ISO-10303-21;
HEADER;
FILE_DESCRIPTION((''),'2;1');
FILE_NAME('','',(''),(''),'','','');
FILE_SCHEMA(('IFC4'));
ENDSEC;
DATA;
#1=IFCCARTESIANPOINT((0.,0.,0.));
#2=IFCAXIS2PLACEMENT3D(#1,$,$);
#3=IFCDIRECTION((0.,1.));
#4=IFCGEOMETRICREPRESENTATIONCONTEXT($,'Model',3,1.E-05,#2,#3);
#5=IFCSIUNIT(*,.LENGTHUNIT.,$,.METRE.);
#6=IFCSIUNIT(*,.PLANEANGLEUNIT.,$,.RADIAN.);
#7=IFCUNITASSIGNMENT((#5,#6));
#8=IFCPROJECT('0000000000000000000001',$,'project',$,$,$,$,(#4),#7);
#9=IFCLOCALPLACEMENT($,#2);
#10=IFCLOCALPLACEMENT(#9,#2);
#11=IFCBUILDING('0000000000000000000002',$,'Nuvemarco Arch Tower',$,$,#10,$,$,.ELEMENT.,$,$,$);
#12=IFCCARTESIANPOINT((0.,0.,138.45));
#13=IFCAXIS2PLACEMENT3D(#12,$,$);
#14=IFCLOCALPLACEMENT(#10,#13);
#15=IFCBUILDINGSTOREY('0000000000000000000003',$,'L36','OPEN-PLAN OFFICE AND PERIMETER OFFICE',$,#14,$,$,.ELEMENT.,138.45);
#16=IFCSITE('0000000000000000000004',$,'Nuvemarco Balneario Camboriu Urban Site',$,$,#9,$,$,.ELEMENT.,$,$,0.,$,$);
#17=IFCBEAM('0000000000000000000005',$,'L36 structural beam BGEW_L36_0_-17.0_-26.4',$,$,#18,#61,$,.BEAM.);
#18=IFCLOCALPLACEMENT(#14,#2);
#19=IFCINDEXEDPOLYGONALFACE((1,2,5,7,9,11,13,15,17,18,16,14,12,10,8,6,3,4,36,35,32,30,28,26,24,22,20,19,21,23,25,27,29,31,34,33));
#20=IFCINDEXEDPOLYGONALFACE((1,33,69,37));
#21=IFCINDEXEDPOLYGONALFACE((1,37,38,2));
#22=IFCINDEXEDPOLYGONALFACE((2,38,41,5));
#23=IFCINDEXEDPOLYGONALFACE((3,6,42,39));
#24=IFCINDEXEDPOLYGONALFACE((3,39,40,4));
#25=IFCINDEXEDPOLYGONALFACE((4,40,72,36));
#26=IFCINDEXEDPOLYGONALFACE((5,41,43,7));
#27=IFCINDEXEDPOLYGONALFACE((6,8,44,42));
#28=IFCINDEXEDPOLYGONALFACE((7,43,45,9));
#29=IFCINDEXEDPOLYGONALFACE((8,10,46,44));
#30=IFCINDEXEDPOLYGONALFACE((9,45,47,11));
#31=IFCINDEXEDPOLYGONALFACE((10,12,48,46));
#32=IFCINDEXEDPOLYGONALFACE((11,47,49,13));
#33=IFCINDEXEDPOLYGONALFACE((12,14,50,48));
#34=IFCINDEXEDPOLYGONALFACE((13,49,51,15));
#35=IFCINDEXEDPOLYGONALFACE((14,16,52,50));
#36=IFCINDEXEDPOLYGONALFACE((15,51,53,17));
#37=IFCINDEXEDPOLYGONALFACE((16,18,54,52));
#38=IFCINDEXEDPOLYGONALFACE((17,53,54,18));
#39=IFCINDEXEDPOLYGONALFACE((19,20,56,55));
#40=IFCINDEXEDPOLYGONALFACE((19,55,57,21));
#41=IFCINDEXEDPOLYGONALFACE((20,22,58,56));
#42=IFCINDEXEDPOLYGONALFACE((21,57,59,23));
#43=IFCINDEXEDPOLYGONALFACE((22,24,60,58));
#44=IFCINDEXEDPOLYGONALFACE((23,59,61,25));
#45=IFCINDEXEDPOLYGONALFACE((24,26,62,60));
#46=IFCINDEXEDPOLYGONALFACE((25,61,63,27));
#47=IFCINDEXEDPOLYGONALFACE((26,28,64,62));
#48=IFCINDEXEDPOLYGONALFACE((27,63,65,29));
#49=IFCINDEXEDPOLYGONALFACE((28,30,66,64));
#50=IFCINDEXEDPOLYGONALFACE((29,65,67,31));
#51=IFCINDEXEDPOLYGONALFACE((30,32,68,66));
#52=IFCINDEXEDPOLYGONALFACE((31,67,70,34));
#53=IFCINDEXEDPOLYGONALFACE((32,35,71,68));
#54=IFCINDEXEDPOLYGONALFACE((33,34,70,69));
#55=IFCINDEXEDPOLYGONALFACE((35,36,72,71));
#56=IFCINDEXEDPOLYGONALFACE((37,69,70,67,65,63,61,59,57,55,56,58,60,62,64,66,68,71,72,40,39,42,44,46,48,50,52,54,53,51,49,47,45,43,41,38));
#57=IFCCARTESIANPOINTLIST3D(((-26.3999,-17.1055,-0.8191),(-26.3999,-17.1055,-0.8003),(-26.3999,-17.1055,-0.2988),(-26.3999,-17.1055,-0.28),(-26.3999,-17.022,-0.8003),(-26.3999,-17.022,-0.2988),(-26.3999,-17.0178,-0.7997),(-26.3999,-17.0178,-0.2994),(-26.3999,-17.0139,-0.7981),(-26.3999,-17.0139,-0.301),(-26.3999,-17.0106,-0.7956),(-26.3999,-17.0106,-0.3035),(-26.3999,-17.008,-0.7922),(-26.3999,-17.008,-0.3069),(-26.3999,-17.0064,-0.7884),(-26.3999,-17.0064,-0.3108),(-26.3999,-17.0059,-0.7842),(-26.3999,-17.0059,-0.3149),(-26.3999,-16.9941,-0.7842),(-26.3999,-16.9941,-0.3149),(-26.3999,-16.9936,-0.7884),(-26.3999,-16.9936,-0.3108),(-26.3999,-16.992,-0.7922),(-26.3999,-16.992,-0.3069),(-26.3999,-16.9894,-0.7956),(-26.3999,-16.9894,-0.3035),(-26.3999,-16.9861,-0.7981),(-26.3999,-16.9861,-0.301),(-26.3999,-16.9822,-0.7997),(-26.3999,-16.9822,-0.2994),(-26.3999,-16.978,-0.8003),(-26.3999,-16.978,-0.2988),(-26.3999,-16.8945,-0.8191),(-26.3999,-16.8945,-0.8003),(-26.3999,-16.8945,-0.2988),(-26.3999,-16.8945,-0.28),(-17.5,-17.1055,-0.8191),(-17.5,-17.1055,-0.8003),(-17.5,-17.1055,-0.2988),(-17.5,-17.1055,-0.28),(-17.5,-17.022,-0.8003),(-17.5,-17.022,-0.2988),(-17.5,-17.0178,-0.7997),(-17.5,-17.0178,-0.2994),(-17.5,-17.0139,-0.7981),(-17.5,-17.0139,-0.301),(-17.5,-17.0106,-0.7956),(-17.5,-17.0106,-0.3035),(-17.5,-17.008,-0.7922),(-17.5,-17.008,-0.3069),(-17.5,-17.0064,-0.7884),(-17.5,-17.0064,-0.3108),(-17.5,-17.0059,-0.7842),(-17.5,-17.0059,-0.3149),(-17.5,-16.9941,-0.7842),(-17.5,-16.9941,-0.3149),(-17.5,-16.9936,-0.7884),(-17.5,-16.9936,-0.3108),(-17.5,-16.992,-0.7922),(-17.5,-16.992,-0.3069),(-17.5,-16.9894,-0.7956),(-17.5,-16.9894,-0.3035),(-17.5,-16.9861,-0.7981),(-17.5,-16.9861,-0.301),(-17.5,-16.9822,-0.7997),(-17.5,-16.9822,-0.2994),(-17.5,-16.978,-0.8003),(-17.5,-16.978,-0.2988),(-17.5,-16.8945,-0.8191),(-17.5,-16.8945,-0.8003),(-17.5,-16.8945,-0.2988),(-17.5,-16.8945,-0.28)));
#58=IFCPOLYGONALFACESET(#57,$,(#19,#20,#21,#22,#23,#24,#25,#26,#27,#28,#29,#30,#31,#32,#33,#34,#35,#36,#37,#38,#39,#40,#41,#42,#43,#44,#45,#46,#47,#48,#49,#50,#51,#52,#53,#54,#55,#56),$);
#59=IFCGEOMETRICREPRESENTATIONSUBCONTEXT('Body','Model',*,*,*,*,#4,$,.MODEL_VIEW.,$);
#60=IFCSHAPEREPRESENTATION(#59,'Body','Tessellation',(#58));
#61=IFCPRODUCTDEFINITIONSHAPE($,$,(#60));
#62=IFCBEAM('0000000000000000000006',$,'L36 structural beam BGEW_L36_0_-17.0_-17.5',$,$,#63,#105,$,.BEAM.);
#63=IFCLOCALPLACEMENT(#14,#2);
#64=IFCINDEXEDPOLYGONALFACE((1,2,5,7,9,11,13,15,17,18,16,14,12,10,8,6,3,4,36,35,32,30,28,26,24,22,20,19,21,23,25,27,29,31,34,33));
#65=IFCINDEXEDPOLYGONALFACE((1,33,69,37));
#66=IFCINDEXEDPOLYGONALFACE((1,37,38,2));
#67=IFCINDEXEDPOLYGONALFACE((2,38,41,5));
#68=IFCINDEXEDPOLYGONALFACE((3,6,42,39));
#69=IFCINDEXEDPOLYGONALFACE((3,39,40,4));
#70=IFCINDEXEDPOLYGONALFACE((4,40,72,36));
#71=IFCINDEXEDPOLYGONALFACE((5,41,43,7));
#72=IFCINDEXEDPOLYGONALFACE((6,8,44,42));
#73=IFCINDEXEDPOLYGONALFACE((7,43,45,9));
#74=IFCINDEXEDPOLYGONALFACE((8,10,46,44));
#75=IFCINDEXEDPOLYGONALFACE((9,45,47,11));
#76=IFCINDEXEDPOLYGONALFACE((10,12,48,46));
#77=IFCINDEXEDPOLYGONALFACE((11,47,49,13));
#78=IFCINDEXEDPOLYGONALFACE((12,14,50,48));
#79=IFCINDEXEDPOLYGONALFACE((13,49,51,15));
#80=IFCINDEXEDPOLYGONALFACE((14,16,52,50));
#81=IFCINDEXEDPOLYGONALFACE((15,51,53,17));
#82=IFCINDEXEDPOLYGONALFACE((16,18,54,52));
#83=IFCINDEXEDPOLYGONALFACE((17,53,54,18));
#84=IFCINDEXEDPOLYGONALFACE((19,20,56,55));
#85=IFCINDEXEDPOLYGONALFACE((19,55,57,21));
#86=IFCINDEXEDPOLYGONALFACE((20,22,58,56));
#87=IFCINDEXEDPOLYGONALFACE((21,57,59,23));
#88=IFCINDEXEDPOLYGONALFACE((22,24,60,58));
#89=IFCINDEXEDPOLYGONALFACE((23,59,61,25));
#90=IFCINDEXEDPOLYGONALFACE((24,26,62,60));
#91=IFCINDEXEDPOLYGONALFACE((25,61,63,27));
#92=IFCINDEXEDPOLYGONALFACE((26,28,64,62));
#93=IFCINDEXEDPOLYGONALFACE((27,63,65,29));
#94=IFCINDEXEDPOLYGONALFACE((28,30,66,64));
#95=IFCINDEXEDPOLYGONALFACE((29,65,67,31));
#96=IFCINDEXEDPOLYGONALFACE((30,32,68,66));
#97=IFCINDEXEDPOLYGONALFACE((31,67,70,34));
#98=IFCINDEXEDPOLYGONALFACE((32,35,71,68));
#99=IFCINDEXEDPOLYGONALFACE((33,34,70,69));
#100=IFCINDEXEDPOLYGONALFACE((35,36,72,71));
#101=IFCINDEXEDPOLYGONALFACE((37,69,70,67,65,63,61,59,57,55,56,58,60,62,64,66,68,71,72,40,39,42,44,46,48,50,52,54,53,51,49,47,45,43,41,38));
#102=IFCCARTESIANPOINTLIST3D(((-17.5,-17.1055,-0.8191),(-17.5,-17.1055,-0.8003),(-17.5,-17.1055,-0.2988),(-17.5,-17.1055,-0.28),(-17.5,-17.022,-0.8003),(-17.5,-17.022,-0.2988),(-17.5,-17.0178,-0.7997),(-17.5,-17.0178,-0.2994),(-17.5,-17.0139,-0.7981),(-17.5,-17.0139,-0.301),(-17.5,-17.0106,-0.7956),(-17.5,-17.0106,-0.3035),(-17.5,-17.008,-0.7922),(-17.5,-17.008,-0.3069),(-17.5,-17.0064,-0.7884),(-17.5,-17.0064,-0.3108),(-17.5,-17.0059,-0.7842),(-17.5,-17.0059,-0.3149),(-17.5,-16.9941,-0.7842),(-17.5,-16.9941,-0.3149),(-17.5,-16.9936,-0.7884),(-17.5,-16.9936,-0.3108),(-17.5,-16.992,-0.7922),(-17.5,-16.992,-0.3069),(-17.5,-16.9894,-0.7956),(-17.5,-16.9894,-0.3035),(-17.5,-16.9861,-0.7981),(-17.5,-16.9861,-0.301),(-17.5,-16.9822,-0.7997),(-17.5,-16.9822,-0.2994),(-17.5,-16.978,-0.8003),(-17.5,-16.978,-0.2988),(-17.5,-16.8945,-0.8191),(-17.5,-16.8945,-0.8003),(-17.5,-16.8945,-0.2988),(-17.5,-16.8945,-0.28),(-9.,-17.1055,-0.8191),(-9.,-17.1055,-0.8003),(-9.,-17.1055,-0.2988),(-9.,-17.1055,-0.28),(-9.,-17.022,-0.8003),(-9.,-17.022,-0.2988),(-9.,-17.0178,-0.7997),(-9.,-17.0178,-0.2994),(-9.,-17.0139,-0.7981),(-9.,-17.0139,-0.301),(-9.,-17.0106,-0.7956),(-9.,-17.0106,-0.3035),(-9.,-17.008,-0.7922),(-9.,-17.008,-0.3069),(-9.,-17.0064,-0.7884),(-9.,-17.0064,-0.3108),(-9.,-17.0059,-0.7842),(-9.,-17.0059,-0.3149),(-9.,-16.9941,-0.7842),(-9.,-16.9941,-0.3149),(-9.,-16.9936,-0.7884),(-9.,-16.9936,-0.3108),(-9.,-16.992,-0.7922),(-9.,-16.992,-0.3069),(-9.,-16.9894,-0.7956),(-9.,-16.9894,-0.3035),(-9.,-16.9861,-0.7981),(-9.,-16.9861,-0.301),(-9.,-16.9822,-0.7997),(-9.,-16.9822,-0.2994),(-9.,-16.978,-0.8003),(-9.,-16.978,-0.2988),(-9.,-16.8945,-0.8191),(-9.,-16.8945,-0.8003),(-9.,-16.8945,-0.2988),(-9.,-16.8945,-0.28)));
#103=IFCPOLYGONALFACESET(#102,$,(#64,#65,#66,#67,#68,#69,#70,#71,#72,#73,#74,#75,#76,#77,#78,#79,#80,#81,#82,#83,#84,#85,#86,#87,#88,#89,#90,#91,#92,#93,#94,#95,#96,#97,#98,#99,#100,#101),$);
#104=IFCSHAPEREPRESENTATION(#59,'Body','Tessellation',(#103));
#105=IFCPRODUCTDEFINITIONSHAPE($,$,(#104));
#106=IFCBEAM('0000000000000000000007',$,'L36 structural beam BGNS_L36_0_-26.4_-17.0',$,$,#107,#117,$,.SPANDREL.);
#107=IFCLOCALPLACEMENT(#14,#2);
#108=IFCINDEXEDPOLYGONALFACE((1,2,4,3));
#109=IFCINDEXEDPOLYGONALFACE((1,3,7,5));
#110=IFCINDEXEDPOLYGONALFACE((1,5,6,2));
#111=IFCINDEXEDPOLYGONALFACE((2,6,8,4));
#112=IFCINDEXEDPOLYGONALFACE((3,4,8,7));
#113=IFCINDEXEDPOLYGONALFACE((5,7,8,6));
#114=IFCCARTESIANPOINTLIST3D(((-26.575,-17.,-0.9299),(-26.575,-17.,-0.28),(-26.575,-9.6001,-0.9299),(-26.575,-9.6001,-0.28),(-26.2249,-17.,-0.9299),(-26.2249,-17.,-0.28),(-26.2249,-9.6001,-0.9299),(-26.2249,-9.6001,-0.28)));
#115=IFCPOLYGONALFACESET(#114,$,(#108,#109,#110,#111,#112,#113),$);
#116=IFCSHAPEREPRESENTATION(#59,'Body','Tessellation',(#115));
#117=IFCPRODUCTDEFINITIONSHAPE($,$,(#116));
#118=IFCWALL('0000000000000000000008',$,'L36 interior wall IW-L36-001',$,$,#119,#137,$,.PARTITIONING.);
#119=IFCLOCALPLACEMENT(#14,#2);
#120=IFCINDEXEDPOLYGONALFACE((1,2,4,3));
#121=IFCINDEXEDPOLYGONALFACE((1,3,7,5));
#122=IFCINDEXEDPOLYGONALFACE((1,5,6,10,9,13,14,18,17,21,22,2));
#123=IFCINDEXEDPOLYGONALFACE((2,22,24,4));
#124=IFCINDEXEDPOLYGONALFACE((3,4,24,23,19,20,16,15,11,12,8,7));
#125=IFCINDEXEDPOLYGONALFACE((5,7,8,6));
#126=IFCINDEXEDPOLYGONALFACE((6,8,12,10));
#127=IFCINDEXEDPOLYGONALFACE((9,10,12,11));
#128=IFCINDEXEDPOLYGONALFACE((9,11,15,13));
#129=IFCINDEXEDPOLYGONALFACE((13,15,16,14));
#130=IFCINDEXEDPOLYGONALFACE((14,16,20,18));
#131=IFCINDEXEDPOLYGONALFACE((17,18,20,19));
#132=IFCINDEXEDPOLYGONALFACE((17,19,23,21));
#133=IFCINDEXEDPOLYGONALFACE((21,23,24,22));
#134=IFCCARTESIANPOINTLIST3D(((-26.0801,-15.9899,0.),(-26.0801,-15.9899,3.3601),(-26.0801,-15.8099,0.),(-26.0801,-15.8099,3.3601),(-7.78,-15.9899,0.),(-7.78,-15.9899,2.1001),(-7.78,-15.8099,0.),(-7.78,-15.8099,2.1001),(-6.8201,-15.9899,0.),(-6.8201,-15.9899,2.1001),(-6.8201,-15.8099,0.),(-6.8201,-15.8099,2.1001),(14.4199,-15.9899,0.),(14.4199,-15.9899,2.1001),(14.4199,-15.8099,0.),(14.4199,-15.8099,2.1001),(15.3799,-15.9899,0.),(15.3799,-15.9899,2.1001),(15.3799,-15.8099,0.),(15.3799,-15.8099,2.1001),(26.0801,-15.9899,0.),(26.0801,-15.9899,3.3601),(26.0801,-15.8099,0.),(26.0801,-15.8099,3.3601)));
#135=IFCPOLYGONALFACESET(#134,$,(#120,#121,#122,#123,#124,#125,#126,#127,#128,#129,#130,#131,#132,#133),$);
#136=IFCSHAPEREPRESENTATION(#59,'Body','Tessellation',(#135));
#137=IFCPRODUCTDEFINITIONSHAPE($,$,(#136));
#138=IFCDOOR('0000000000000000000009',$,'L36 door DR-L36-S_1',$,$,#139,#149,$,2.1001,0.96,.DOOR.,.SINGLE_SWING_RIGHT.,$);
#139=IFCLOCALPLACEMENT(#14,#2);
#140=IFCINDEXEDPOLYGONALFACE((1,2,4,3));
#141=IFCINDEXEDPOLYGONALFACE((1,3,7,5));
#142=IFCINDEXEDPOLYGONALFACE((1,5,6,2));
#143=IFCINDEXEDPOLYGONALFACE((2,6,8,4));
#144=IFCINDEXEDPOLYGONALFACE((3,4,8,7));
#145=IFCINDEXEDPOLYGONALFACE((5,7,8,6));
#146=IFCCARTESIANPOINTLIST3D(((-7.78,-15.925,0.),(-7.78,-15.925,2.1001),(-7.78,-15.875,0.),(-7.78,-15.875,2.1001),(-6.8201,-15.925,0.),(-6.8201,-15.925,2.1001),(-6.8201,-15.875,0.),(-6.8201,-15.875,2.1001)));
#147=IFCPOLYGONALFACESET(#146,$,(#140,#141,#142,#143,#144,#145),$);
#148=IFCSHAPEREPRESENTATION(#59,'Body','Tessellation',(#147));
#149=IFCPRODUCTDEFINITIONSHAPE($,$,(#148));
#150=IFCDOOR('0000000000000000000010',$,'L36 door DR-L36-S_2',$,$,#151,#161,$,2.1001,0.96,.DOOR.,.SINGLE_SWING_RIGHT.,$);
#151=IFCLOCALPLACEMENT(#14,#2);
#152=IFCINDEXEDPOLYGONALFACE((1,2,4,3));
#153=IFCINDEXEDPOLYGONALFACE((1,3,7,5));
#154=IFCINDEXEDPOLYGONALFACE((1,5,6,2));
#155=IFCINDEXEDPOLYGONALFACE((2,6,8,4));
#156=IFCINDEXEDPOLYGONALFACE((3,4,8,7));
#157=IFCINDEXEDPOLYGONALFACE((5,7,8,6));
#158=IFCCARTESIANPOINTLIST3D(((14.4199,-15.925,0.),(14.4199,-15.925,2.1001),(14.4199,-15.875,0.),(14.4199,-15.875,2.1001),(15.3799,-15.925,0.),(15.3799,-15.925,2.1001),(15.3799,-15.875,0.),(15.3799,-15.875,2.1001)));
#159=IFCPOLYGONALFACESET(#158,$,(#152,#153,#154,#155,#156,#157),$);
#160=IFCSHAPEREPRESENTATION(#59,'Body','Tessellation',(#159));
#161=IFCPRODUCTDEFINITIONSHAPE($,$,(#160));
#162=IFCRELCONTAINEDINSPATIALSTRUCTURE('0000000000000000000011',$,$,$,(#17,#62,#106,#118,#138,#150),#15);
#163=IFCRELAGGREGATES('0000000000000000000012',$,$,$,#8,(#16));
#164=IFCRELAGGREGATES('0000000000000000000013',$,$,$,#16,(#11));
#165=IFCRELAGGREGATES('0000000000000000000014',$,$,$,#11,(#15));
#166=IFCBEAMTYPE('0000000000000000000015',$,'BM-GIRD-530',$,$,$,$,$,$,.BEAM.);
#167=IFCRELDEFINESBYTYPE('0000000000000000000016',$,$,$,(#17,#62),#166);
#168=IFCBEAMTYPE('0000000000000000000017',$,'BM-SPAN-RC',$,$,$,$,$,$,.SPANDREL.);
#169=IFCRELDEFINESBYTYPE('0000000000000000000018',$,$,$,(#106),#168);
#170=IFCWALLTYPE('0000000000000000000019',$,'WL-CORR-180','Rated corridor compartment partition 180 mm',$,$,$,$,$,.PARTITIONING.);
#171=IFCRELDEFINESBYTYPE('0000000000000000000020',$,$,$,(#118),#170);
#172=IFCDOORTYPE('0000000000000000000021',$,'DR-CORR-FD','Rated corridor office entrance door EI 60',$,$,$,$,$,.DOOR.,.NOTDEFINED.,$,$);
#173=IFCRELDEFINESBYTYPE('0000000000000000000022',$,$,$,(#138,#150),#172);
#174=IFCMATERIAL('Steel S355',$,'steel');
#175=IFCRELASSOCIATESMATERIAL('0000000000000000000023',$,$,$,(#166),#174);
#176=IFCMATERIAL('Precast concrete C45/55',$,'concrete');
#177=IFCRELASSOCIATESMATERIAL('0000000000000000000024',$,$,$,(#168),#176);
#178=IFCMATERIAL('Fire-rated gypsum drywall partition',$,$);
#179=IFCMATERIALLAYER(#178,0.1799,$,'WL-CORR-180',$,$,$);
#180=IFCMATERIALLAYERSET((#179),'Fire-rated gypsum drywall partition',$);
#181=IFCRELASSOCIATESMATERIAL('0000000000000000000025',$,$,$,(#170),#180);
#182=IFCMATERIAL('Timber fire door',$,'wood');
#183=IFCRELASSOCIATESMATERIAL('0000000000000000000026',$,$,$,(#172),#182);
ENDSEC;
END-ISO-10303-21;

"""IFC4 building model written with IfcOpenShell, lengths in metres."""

from ifc_helpers import new_model, si_unit, direction, frame, frame_2d, origin, origin_2d, place, context, subcontext, project, spatial, rectangle, i_section, extrude, source, transform, mapped, material, layer, layer_set, material_profile, profile_set, type_object, type_shapes, element, fill, save


model = new_model("IFC4")

# Units and contexts
model_context = context("Model", 3, precision=1e-05, world=origin(), true_north=direction((0.0, 1.0)))
body_context = subcontext(model_context, "Body", "Model", "MODEL_VIEW")
ifc_project = project(units=[si_unit("LENGTHUNIT", "METRE"), si_unit("PLANEANGLEUNIT", "RADIAN")], contexts=[model_context])

# Site, building, storey
site_placement = place(None, origin())
site = spatial("IfcSite", under=ifc_project, at=site_placement, Name="Nuvemarco Balneario Camboriu Urban Site", CompositionType="ELEMENT", RefElevation=0.0)
building_placement = place(site_placement, origin())
building = spatial("IfcBuilding", under=site, at=building_placement, Name="Nuvemarco Arch Tower", CompositionType="ELEMENT")
storey_placement = place(building_placement, frame((0.0, 0.0, 138.45)))
storey = spatial("IfcBuildingStorey", under=building, at=storey_placement, Name="L36", Description="OPEN-PLAN OFFICE AND PERIMETER OFFICE", CompositionType="ELEMENT", Elevation=138.45)

# Shared definitions
ifc_material_1 = material(Name="Steel S355", Category="steel")

# Beams
ifc_material_profile_1 = material_profile(ifc_material_1, i_section(OverallWidth=0.2109, OverallDepth=0.5391, WebThickness=0.0117, FlangeThickness=0.0188, FilletRadius=0.0161, at=origin_2d()), Name="W530x109")
ifc_profile_set_1 = profile_set([ifc_material_profile_1], Name="Steel S355")
beam_type_1 = type_object("IfcBeamType", Name="BM-GIRD-530", PredefinedType="BEAM", material=ifc_profile_set_1)
beam_1_placement = place(storey_placement, frame((-26.3999, -17.0, -0.5496), z_axis=(1.0, 0.0, 0.0), x_axis=(0.0, 1.0, 0.0)))
element("IfcBeam", 1, at=beam_1_placement, inside=storey, type_object=beam_type_1, Name="L36 structural beam BGEW_L36_0_-17.0_-26.4", PredefinedType="BEAM", context=body_context, shape_type="SweptSolid", body=[
    extrude(i_section(OverallWidth=0.2109, OverallDepth=0.5391, WebThickness=0.0117, FlangeThickness=0.0188, FilletRadius=0.0161, at=origin_2d()), origin(), (0.0, 0.0, 1.0), 8.8999),
])
beam_2_placement = place(storey_placement, frame((-17.5, -17.0, -0.5496), z_axis=(1.0, 0.0, 0.0), x_axis=(0.0, 1.0, 0.0)))
element("IfcBeam", 2, at=beam_2_placement, inside=storey, type_object=beam_type_1, Name="L36 structural beam BGEW_L36_0_-17.0_-17.5", PredefinedType="BEAM", context=body_context, shape_type="SweptSolid", body=[
    extrude(i_section(OverallWidth=0.2109, OverallDepth=0.5391, WebThickness=0.0117, FlangeThickness=0.0188, FilletRadius=0.0161, at=origin_2d()), origin(), (0.0, 0.0, 1.0), 8.5),
])
ifc_material_2 = material(Name="Precast concrete C45/55", Category="concrete")
ifc_material_profile_2 = material_profile(ifc_material_2, rectangle(XDim=0.3501, YDim=0.6499, at=origin_2d()), Name="PC-SP-350x650")
ifc_profile_set_2 = profile_set([ifc_material_profile_2], Name="Precast concrete C45/55")
beam_type_2 = type_object("IfcBeamType", Name="BM-SPAN-RC", PredefinedType="SPANDREL", material=ifc_profile_set_2)
beam_3_placement = place(storey_placement, frame((-26.3999, -17.0, -0.605), z_axis=(0.0, 1.0, 0.0), x_axis=(-1.0, 0.0, 0.0)))
element("IfcBeam", 3, at=beam_3_placement, inside=storey, type_object=beam_type_2, Name="L36 structural beam BGNS_L36_0_-26.4_-17.0", PredefinedType="SPANDREL", context=body_context, shape_type="SweptSolid", body=[
    extrude(rectangle(XDim=0.3501, YDim=0.6499, at=origin_2d()), origin(), (0.0, 0.0, 1.0), 7.3999),
])

# Wall, openings, doors
ifc_material_3 = material(Name="Fire-rated gypsum drywall partition")
ifc_layer = layer(ifc_material_3, 0.1799, Name="WL-CORR-180")
ifc_layer_set = layer_set([ifc_layer], Name="Fire-rated gypsum drywall partition")
wall_type = type_object("IfcWallType", Name="WL-CORR-180", Description="Rated corridor compartment partition 180 mm", PredefinedType="PARTITIONING", material=ifc_layer_set)
wall_1_placement = place(storey_placement, frame((-26.0801, -15.8999, 0.0), z_axis=(0.0, 0.0, 1.0), x_axis=(1.0, 0.0, 0.0)))
wall_1 = element("IfcWall", 4, at=wall_1_placement, inside=storey, type_object=wall_type, Name="L36 interior wall IW-L36-001", PredefinedType="PARTITIONING", context=body_context, shape_type="SweptSolid", body=[
    extrude(rectangle(XDim=52.1602, YDim=0.1799, at=frame_2d((26.0801, 0.0))), origin(), (0.0, 0.0, 1.0), 3.3601),
])
opening_1_placement = place(wall_1_placement, frame((18.3, 0.0, 0.0)))
opening_1 = element("IfcOpeningElement", 5, at=opening_1_placement, cuts=wall_1, PredefinedType="OPENING", context=body_context, shape_type="SweptSolid", body=[
    extrude(rectangle(XDim=0.96, YDim=2.1001, at=frame_2d((0.48, 1.05))), frame((0.0, 0.0999, 0.0), z_axis=(0.0, -1.0, 0.0), x_axis=(1.0, 0.0, 0.0)), (0.0, 0.0, 1.0), 0.2),
])
opening_2_placement = place(wall_1_placement, frame((40.5, 0.0, 0.0)))
opening_2 = element("IfcOpeningElement", 6, at=opening_2_placement, cuts=wall_1, PredefinedType="OPENING", context=body_context, shape_type="SweptSolid", body=[
    extrude(rectangle(XDim=0.96, YDim=2.1001, at=frame_2d((0.48, 1.05))), frame((0.0, 0.0999, 0.0), z_axis=(0.0, -1.0, 0.0), x_axis=(1.0, 0.0, 0.0)), (0.0, 0.0, 1.0), 0.2),
])
ifc_material_4 = material(Name="Timber fire door", Category="wood")
door_type = type_object("IfcDoorType", Name="DR-CORR-FD", Description="Rated corridor office entrance door EI 60", OperationType="NOTDEFINED", PredefinedType="DOOR", material=ifc_material_4)
shared_shape = source(origin(), body_context, "Body", "SweptSolid", [
    extrude(rectangle(XDim=0.96, YDim=2.1001, at=frame_2d((0.48, 1.05))), frame((0.0, 0.0249, 0.0), z_axis=(0.0, -1.0, 0.0), x_axis=(1.0, 0.0, 0.0)), (0.0, 0.0, 1.0), 0.05),
])
type_shapes(door_type, [shared_shape])
door_1_placement = place(opening_1_placement, origin())
door_1 = element("IfcDoor", 7, at=door_1_placement, inside=storey, type_object=door_type, Name="L36 door DR-L36-S_1", OperationType="SINGLE_SWING_RIGHT", OverallHeight=2.1001, OverallWidth=0.96, PredefinedType="DOOR", context=body_context, shape_type="MappedRepresentation", body=[
    mapped(shared_shape, transform((0.0, 0.0, 0.0), scale=1.0)),
])
fill(opening_1, door_1)
door_2_placement = place(opening_2_placement, origin())
door_2 = element("IfcDoor", 8, at=door_2_placement, inside=storey, type_object=door_type, Name="L36 door DR-L36-S_2", OperationType="SINGLE_SWING_RIGHT", OverallHeight=2.1001, OverallWidth=0.96, PredefinedType="DOOR", context=body_context, shape_type="MappedRepresentation", body=[
    mapped(shared_shape, transform((0.0, 0.0, 0.0), scale=1.0)),
])
fill(opening_2, door_2)

save(model, "model.ifc")
